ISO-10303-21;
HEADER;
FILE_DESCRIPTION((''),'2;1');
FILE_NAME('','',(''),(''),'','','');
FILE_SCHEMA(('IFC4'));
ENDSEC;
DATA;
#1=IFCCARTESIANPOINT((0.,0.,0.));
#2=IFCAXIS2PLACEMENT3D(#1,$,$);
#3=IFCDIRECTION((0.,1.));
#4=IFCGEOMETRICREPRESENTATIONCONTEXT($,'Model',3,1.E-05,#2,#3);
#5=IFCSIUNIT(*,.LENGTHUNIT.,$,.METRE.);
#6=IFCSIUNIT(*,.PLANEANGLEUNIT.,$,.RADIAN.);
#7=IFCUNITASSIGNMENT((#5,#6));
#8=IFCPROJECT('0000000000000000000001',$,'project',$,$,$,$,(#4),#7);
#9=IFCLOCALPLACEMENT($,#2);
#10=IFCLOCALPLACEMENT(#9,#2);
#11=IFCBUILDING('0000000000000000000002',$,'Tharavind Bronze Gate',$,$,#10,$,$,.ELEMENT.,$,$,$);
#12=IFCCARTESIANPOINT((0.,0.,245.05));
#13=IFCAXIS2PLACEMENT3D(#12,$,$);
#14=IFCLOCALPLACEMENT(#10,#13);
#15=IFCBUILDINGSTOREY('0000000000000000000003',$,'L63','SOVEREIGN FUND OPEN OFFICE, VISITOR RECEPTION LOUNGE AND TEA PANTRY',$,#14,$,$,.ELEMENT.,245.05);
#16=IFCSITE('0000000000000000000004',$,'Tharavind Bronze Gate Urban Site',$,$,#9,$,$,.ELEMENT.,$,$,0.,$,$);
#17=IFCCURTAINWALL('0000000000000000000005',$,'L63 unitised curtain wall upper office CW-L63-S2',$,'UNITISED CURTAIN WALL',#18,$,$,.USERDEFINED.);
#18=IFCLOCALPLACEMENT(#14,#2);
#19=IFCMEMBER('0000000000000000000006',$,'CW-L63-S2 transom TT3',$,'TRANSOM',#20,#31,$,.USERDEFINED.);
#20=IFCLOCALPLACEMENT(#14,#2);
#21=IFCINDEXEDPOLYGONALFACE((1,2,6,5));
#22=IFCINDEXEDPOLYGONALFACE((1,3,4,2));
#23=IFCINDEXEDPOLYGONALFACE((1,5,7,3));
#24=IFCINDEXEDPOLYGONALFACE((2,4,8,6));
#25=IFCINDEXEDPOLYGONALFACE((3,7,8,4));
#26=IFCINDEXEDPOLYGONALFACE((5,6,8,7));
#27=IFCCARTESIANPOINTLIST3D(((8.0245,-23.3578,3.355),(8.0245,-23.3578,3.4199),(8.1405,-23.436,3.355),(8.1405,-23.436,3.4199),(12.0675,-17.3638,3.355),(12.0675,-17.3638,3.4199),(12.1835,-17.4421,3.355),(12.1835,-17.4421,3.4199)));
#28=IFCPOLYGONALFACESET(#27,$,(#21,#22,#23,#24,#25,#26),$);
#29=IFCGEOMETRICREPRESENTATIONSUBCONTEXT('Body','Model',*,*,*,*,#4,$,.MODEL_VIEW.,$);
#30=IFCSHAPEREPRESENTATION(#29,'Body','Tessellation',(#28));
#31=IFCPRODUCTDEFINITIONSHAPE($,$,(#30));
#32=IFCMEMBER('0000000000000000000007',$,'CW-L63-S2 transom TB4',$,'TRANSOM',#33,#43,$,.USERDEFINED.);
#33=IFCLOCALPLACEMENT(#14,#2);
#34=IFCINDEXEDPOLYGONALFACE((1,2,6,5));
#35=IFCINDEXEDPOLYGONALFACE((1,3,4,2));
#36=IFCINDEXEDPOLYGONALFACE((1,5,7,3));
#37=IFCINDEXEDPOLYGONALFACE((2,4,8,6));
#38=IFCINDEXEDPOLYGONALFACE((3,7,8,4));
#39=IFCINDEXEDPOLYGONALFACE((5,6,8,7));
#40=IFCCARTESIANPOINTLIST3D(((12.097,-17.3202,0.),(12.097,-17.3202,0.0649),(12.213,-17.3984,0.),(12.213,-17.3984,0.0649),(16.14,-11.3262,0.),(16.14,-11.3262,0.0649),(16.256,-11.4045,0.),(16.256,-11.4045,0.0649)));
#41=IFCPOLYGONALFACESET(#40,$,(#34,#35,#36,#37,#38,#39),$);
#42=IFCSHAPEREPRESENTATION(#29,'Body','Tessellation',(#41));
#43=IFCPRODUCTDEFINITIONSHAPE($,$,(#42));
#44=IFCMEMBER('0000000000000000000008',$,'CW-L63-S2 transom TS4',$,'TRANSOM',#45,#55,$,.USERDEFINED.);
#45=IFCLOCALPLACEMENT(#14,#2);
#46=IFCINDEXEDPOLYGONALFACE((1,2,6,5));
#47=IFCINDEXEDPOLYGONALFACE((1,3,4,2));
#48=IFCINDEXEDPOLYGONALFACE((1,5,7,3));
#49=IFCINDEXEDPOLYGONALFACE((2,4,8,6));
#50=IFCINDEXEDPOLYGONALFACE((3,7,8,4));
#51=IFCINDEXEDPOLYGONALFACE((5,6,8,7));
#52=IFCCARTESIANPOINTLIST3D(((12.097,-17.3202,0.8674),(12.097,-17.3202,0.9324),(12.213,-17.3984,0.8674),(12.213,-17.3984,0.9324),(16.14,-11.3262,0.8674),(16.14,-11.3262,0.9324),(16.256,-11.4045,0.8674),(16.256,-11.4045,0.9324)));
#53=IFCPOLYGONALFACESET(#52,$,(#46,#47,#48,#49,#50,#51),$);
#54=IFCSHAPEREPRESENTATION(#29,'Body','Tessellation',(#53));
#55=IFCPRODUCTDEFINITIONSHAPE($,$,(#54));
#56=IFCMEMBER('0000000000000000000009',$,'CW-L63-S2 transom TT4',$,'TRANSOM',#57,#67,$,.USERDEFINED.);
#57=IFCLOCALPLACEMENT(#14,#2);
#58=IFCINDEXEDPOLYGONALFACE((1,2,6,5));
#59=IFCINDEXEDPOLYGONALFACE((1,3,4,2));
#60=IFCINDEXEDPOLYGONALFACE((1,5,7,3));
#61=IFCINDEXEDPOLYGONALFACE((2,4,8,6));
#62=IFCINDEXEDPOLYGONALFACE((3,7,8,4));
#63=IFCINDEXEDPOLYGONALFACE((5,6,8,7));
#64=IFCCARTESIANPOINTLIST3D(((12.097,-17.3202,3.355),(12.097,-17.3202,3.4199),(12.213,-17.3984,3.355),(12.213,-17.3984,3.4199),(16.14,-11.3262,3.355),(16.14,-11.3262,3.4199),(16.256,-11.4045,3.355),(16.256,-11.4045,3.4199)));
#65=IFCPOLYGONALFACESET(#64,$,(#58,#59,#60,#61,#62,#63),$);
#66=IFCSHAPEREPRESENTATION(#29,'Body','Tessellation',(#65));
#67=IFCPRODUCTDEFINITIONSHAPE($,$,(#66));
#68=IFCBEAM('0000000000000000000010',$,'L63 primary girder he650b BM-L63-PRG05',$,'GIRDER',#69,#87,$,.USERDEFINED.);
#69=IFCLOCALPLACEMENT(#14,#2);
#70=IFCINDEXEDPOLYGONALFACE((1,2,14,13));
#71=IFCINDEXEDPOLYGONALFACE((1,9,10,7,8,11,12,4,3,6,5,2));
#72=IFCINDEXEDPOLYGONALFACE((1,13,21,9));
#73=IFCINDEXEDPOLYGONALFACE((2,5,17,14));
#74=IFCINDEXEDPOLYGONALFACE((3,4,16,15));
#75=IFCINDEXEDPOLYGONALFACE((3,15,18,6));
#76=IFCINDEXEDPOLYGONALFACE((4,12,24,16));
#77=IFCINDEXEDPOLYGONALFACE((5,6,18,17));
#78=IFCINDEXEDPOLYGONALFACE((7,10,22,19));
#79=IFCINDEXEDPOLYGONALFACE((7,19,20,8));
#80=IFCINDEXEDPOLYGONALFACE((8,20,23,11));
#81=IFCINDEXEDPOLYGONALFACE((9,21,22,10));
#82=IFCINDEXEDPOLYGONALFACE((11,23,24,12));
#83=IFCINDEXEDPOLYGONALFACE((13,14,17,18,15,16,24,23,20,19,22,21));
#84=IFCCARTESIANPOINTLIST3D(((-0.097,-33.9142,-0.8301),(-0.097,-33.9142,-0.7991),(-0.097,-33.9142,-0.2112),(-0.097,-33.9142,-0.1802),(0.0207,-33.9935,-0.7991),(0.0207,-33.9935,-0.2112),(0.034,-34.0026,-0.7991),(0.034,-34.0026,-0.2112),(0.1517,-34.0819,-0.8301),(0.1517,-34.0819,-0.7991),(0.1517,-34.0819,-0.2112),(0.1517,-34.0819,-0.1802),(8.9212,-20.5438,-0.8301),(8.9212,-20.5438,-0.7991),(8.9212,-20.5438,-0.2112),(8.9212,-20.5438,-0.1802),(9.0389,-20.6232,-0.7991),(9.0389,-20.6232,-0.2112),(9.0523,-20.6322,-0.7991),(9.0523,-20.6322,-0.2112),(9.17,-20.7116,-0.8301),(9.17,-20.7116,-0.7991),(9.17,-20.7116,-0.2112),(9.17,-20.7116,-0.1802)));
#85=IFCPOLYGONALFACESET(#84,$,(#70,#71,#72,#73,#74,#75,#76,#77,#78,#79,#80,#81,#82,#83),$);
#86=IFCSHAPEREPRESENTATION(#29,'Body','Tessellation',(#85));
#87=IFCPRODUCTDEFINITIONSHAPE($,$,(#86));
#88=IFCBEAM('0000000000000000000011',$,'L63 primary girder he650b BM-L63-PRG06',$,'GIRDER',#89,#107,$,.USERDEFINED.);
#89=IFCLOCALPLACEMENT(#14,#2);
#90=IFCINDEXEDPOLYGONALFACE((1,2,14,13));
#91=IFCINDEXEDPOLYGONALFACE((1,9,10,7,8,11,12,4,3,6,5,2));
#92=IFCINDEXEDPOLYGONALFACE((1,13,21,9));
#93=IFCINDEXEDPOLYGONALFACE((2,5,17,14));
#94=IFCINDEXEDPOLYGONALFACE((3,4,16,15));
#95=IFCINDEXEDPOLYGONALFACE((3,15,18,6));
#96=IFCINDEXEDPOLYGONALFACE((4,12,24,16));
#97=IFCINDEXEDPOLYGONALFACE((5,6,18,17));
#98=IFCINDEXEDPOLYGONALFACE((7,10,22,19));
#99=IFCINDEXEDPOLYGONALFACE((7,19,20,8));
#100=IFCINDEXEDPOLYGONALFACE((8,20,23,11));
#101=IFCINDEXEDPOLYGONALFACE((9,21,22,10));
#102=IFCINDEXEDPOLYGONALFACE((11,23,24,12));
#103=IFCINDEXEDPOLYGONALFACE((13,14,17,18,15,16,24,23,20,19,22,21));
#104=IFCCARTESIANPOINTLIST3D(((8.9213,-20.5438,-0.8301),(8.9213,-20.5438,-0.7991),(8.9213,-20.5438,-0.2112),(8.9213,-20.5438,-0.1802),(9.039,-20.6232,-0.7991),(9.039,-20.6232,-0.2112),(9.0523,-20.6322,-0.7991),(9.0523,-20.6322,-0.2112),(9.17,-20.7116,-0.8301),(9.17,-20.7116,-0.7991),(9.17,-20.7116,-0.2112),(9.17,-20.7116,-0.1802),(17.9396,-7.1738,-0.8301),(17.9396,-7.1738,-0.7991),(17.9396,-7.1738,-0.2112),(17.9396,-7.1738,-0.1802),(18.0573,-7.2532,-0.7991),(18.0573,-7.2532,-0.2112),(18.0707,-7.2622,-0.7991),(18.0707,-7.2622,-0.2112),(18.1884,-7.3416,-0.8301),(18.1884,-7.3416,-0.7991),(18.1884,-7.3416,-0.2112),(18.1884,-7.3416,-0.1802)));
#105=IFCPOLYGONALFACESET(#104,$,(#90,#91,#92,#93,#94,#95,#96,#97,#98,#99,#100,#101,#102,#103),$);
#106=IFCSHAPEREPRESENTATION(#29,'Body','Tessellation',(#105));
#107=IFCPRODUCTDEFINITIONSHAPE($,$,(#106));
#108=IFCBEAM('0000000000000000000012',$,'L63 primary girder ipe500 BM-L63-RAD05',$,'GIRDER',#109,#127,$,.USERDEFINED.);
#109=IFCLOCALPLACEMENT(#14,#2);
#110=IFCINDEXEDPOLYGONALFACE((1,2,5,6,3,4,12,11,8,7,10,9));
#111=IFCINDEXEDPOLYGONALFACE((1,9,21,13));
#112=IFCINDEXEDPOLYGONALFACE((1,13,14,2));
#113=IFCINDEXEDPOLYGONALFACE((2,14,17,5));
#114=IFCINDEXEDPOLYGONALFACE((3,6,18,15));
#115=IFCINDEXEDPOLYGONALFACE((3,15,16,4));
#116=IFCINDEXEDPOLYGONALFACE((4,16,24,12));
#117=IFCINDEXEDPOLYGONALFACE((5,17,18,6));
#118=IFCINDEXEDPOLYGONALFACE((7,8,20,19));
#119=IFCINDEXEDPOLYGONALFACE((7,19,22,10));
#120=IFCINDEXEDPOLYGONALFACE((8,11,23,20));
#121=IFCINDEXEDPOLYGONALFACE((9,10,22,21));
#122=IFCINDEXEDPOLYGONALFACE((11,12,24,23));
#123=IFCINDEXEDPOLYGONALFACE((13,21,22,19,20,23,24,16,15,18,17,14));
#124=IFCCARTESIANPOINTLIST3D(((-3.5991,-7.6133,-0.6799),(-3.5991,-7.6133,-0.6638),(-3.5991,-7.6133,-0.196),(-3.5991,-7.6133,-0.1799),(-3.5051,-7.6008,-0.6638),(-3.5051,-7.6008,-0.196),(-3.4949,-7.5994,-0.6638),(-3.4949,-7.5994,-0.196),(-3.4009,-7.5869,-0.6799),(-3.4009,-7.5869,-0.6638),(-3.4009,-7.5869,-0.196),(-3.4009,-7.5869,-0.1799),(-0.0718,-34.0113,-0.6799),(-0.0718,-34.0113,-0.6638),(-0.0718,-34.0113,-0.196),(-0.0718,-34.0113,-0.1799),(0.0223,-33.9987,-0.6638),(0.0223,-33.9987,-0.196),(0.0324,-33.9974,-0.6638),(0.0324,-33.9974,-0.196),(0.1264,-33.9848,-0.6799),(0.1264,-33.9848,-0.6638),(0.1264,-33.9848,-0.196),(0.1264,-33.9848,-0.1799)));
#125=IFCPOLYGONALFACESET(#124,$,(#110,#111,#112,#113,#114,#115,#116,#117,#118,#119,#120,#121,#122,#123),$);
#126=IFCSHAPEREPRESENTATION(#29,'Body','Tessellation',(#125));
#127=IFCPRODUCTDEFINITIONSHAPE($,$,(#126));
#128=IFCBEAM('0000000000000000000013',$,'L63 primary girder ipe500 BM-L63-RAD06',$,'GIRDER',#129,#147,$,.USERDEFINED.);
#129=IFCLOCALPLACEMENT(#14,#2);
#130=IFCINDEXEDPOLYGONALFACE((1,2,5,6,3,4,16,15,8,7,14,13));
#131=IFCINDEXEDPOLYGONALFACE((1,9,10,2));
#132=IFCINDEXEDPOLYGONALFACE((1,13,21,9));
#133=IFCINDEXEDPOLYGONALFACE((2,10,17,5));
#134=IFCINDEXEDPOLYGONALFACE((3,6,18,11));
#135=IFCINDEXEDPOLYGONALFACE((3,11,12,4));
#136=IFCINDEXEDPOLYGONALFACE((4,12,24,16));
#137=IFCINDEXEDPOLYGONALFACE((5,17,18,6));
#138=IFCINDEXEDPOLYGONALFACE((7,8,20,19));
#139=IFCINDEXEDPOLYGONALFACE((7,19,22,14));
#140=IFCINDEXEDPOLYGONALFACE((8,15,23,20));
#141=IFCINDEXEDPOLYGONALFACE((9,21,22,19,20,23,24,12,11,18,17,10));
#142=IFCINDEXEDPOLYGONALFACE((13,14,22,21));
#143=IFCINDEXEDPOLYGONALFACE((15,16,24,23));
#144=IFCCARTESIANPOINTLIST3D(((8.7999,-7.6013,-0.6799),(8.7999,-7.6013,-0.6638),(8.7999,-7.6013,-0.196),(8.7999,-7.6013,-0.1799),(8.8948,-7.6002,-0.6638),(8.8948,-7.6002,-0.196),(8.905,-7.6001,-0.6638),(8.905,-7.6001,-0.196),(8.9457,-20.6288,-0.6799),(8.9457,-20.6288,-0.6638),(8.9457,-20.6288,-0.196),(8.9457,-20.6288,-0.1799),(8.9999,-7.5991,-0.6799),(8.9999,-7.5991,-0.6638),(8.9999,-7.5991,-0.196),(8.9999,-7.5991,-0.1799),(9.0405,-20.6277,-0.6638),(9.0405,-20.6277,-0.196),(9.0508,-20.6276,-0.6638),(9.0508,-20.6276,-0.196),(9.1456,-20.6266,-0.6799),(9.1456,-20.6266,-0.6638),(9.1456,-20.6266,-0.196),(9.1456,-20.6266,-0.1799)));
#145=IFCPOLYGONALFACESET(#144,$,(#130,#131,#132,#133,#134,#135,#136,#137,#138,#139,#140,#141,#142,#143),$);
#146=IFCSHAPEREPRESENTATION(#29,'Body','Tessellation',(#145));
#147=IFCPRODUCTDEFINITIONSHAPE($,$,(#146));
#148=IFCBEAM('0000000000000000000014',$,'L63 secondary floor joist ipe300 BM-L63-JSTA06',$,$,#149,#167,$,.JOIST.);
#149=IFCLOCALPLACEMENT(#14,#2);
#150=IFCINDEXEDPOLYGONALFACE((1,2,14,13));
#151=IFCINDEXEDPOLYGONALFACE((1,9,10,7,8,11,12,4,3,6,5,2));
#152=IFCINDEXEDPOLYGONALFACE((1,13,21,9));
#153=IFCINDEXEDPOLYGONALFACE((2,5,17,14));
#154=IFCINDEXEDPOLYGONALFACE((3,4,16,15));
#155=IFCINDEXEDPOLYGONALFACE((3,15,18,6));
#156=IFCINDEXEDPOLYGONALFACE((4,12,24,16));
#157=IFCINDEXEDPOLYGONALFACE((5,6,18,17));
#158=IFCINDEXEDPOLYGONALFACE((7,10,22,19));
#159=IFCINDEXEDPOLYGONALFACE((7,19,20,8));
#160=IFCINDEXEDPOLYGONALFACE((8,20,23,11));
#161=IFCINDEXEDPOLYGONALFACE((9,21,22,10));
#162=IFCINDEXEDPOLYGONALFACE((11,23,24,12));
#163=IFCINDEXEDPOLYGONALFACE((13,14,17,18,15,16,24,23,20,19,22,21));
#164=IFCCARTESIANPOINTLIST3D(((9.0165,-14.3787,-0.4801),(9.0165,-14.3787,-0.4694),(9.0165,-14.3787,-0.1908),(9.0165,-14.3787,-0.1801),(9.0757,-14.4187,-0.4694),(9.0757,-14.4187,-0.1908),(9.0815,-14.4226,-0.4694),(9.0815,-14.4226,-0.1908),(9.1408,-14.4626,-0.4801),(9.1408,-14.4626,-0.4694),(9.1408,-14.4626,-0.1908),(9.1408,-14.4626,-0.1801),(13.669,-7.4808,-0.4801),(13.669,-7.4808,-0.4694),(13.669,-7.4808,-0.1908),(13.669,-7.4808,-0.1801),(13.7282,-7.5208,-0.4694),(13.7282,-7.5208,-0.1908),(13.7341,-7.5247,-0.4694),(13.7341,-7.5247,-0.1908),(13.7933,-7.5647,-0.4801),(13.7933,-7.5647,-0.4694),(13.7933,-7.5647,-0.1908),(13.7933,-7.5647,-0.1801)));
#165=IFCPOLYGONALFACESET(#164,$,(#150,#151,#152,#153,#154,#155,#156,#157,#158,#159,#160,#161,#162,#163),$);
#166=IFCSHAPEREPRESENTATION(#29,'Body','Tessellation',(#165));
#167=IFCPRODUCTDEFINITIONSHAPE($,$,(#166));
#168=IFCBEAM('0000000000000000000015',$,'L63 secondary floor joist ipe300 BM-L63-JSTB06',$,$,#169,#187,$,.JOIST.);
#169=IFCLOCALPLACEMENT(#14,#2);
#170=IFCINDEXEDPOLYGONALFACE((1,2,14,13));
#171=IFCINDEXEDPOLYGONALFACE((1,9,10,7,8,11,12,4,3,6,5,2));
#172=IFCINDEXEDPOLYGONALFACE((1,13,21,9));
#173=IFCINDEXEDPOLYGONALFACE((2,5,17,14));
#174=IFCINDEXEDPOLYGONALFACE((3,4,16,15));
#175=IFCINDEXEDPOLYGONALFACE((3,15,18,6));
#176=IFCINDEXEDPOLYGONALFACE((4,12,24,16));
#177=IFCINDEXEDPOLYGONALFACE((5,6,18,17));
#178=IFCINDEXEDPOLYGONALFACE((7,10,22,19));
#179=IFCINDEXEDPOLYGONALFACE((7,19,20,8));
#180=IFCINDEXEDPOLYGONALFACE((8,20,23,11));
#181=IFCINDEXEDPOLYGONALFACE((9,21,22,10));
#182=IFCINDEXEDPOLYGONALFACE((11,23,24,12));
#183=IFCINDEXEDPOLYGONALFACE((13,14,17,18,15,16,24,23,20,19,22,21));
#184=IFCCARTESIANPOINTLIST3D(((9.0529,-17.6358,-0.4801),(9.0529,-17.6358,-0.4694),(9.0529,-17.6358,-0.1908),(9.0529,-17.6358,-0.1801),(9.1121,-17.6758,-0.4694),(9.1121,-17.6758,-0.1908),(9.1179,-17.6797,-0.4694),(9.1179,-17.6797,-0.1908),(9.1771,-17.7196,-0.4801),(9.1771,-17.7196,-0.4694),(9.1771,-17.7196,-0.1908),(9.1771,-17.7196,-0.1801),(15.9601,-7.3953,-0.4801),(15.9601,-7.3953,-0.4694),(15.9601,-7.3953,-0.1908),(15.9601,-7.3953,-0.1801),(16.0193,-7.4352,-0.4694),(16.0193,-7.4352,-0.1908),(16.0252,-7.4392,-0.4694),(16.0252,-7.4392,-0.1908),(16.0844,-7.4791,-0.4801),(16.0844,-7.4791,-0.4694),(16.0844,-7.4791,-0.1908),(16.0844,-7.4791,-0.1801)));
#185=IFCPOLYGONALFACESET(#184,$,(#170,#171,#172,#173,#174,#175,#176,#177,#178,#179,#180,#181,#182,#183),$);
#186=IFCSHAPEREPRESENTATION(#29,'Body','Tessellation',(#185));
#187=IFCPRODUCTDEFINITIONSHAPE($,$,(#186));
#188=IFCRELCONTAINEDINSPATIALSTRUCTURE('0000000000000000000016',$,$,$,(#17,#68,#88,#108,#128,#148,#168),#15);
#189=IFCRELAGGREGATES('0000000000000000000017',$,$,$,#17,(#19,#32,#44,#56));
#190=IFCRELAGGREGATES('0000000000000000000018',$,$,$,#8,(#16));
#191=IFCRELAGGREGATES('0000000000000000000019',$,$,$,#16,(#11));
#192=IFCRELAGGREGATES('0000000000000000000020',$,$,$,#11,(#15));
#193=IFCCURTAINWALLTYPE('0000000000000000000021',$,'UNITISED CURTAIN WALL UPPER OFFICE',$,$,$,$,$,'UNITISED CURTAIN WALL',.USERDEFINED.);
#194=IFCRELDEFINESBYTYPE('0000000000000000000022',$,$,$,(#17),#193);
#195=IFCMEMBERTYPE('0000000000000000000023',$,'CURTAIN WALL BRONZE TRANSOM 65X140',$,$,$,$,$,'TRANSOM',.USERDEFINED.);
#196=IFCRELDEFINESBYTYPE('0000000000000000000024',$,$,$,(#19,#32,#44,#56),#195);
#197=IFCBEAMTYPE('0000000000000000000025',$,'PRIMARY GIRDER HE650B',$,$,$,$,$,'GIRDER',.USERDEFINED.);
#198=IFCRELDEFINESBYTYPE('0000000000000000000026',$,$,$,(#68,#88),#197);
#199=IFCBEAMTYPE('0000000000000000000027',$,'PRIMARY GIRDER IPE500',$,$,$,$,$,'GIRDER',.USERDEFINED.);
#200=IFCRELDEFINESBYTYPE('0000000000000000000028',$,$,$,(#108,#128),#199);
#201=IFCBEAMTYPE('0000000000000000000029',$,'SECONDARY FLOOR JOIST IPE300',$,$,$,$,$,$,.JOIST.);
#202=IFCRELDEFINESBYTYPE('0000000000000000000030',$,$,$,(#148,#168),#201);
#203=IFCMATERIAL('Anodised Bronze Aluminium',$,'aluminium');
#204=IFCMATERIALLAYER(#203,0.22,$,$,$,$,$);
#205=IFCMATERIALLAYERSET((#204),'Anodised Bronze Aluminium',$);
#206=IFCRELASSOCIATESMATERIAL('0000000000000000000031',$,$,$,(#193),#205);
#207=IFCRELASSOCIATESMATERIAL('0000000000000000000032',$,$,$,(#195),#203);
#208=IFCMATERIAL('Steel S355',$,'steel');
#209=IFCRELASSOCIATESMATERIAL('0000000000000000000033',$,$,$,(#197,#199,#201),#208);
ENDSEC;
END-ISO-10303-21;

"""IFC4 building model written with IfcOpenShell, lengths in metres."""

from ifc_helpers import new_model, si_unit, direction, frame, origin, origin_2d, place, context, subcontext, project, spatial, rectangle, i_section, extrude, material, layer, layer_set, material_profile, profile_set, type_object, element, aggregate, save


model = new_model("IFC4")

# Units and contexts
model_context = context("Model", 3, precision=1e-05, world=origin(), true_north=direction((0.0, 1.0)))
body_context = subcontext(model_context, "Body", "Model", "MODEL_VIEW")
ifc_project = project(units=[si_unit("LENGTHUNIT", "METRE"), si_unit("PLANEANGLEUNIT", "RADIAN")], contexts=[model_context])

# Site, building, storey
site_placement = place(None, origin())
site = spatial("IfcSite", under=ifc_project, at=site_placement, Name="Tharavind Bronze Gate Urban Site", CompositionType="ELEMENT", RefElevation=0.0)
building_placement = place(site_placement, origin())
building = spatial("IfcBuilding", under=site, at=building_placement, Name="Tharavind Bronze Gate", CompositionType="ELEMENT")
storey_placement = place(building_placement, frame((0.0, 0.0, 245.05)))
storey = spatial("IfcBuildingStorey", under=building, at=storey_placement, Name="L63", Description="SOVEREIGN FUND OPEN OFFICE, VISITOR RECEPTION LOUNGE AND TEA PANTRY", CompositionType="ELEMENT", Elevation=245.05)

# Curtain wall, members
ifc_material_1 = material(Name="Anodised Bronze Aluminium", Category="aluminium")
ifc_layer_1 = layer(ifc_material_1, 0.22)
ifc_layer_set_1 = layer_set([ifc_layer_1], Name="Anodised Bronze Aluminium")
curtain_wall_type = type_object("IfcCurtainWallType", Name="UNITISED CURTAIN WALL UPPER OFFICE", ElementType="UNITISED CURTAIN WALL", PredefinedType="USERDEFINED", material=ifc_layer_set_1)
curtain_wall_placement = place(storey_placement, origin())
curtain_wall = element("IfcCurtainWall", 1, at=curtain_wall_placement, inside=storey, type_object=curtain_wall_type, Name="L63 unitised curtain wall upper office CW-L63-S2", ObjectType="UNITISED CURTAIN WALL", PredefinedType="USERDEFINED")
member_type_1 = type_object("IfcMemberType", Name="CURTAIN WALL BRONZE TRANSOM 65X140", ElementType="TRANSOM", PredefinedType="USERDEFINED", material=ifc_material_1)
member_1_placement = place(storey_placement, frame((10.104, -20.3999, 3.355), z_axis=(0.0, 0.0, 1.0), x_axis=(0.559193, 0.829038, 0.0)))
member_1 = element("IfcMember", 2, at=member_1_placement, type_object=member_type_1, Name="CW-L63-S2 transom TT3", ObjectType="TRANSOM", PredefinedType="USERDEFINED", context=body_context, shape_type="SweptSolid", body=[
    extrude(rectangle(XDim=7.23, YDim=0.1399, at=origin_2d()), origin(), (0.0, 0.0, 1.0), 0.0649),
])
member_2_placement = place(storey_placement, frame((14.1765, -14.3623, 0.0), z_axis=(0.0, 0.0, 1.0), x_axis=(0.559193, 0.829038, 0.0)))
member_2 = element("IfcMember", 3, at=member_2_placement, type_object=member_type_1, Name="CW-L63-S2 transom TB4", ObjectType="TRANSOM", PredefinedType="USERDEFINED", context=body_context, shape_type="SweptSolid", body=[
    extrude(rectangle(XDim=7.23, YDim=0.1399, at=origin_2d()), origin(), (0.0, 0.0, 1.0), 0.0649),
])
member_3_placement = place(storey_placement, frame((14.1765, -14.3623, 0.8674), z_axis=(0.0, 0.0, 1.0), x_axis=(0.559193, 0.829038, 0.0)))
member_3 = element("IfcMember", 4, at=member_3_placement, type_object=member_type_1, Name="CW-L63-S2 transom TS4", ObjectType="TRANSOM", PredefinedType="USERDEFINED", context=body_context, shape_type="SweptSolid", body=[
    extrude(rectangle(XDim=7.23, YDim=0.1399, at=origin_2d()), origin(), (0.0, 0.0, 1.0), 0.0649),
])
member_4_placement = place(storey_placement, frame((14.1765, -14.3623, 3.355), z_axis=(0.0, 0.0, 1.0), x_axis=(0.559193, 0.829038, 0.0)))
member_4 = element("IfcMember", 5, at=member_4_placement, type_object=member_type_1, Name="CW-L63-S2 transom TT4", ObjectType="TRANSOM", PredefinedType="USERDEFINED", context=body_context, shape_type="SweptSolid", body=[
    extrude(rectangle(XDim=7.23, YDim=0.1399, at=origin_2d()), origin(), (0.0, 0.0, 1.0), 0.0649),
])

# Beams
ifc_material_2 = material(Name="Steel S355", Category="steel")
ifc_material_profile_1 = material_profile(ifc_material_2, i_section(OverallWidth=0.3, OverallDepth=0.6499, WebThickness=0.0161, FlangeThickness=0.031, at=origin_2d()), Name="HE650B")
ifc_profile_set_1 = profile_set([ifc_material_profile_1], Name="Steel S355")
beam_type_1 = type_object("IfcBeamType", Name="PRIMARY GIRDER HE650B", ElementType="GIRDER", PredefinedType="USERDEFINED", material=ifc_profile_set_1)
beam_1_placement = place(storey_placement, frame((0.0273, -33.998, -0.5051), z_axis=(0.559188, 0.829041, 0.0), x_axis=(-0.829041, 0.559188, 0.0)))
element("IfcBeam", 6, at=beam_1_placement, inside=storey, type_object=beam_type_1, Name="L63 primary girder he650b BM-L63-PRG05", ObjectType="GIRDER", PredefinedType="USERDEFINED", context=body_context, shape_type="SweptSolid", body=[
    extrude(i_section(OverallWidth=0.3, OverallDepth=0.6499, WebThickness=0.0161, FlangeThickness=0.031, at=origin_2d()), origin(), (0.0, 0.0, 1.0), 16.1274),
])
beam_2_placement = place(storey_placement, frame((9.0457, -20.6277, -0.5051), z_axis=(0.559202, 0.829031, 0.0), x_axis=(-0.829031, 0.559202, 0.0)))
element("IfcBeam", 7, at=beam_2_placement, inside=storey, type_object=beam_type_1, Name="L63 primary girder he650b BM-L63-PRG06", ObjectType="GIRDER", PredefinedType="USERDEFINED", context=body_context, shape_type="SweptSolid", body=[
    extrude(i_section(OverallWidth=0.3, OverallDepth=0.6499, WebThickness=0.0161, FlangeThickness=0.031, at=origin_2d()), origin(), (0.0, 0.0, 1.0), 16.1272),
])
ifc_material_profile_2 = material_profile(ifc_material_2, i_section(OverallWidth=0.2, OverallDepth=0.5, WebThickness=0.0103, FlangeThickness=0.0161, at=origin_2d()), Name="IPE500")
ifc_profile_set_2 = profile_set([ifc_material_profile_2], Name="Steel S355")
beam_type_2 = type_object("IfcBeamType", Name="PRIMARY GIRDER IPE500", ElementType="GIRDER", PredefinedType="USERDEFINED", material=ifc_profile_set_2)
beam_3_placement = place(storey_placement, frame((0.0273, -33.998, -0.4299), z_axis=(-0.132445, 0.99119, 0.0), x_axis=(-0.99119, -0.132445, 0.0)))
element("IfcBeam", 8, at=beam_3_placement, inside=storey, type_object=beam_type_2, Name="L63 primary girder ipe500 BM-L63-RAD05", ObjectType="GIRDER", PredefinedType="USERDEFINED", context=body_context, shape_type="SweptSolid", body=[
    extrude(i_section(OverallWidth=0.2, OverallDepth=0.5, WebThickness=0.0103, FlangeThickness=0.0161, at=origin_2d()), origin(), (0.0, 0.0, 1.0), 26.6326),
])
beam_4_placement = place(storey_placement, frame((9.0457, -20.6277, -0.4299), z_axis=(-0.011187, 0.999937, 0.0), x_axis=(-0.999937, -0.011187, 0.0)))
element("IfcBeam", 9, at=beam_4_placement, inside=storey, type_object=beam_type_2, Name="L63 primary girder ipe500 BM-L63-RAD06", ObjectType="GIRDER", PredefinedType="USERDEFINED", context=body_context, shape_type="SweptSolid", body=[
    extrude(i_section(OverallWidth=0.2, OverallDepth=0.5, WebThickness=0.0103, FlangeThickness=0.0161, at=origin_2d()), origin(), (0.0, 0.0, 1.0), 13.0283),
])
ifc_material_profile_3 = material_profile(ifc_material_2, i_section(OverallWidth=0.1499, OverallDepth=0.3, WebThickness=0.0071, FlangeThickness=0.0107, at=origin_2d()), Name="IPE300")
ifc_profile_set_3 = profile_set([ifc_material_profile_3], Name="Steel S355")
beam_type_3 = type_object("IfcBeamType", Name="SECONDARY FLOOR JOIST IPE300", PredefinedType="JOIST", material=ifc_profile_set_3)
beam_5_placement = place(storey_placement, frame((9.0786, -14.4207, -0.3301), z_axis=(0.559182, 0.829045, 0.0), x_axis=(-0.829045, 0.559182, 0.0)))
element("IfcBeam", 10, at=beam_5_placement, inside=storey, type_object=beam_type_3, Name="L63 secondary floor joist ipe300 BM-L63-JSTA06", PredefinedType="JOIST", context=body_context, shape_type="SweptSolid", body=[
    extrude(i_section(OverallWidth=0.1499, OverallDepth=0.3, WebThickness=0.0071, FlangeThickness=0.0107, at=origin_2d()), origin(), (0.0, 0.0, 1.0), 8.3203),
])
beam_6_placement = place(storey_placement, frame((9.115, -17.6777, -0.3301), z_axis=(0.559189, 0.82904, 0.0), x_axis=(-0.82904, 0.559189, 0.0)))
element("IfcBeam", 11, at=beam_6_placement, inside=storey, type_object=beam_type_3, Name="L63 secondary floor joist ipe300 BM-L63-JSTB06", PredefinedType="JOIST", context=body_context, shape_type="SweptSolid", body=[
    extrude(i_section(OverallWidth=0.1499, OverallDepth=0.3, WebThickness=0.0071, FlangeThickness=0.0107, at=origin_2d()), origin(), (0.0, 0.0, 1.0), 12.3523),
])

aggregate(curtain_wall, [member_1, member_2, member_3, member_4])

save(model, "model.ifc")
